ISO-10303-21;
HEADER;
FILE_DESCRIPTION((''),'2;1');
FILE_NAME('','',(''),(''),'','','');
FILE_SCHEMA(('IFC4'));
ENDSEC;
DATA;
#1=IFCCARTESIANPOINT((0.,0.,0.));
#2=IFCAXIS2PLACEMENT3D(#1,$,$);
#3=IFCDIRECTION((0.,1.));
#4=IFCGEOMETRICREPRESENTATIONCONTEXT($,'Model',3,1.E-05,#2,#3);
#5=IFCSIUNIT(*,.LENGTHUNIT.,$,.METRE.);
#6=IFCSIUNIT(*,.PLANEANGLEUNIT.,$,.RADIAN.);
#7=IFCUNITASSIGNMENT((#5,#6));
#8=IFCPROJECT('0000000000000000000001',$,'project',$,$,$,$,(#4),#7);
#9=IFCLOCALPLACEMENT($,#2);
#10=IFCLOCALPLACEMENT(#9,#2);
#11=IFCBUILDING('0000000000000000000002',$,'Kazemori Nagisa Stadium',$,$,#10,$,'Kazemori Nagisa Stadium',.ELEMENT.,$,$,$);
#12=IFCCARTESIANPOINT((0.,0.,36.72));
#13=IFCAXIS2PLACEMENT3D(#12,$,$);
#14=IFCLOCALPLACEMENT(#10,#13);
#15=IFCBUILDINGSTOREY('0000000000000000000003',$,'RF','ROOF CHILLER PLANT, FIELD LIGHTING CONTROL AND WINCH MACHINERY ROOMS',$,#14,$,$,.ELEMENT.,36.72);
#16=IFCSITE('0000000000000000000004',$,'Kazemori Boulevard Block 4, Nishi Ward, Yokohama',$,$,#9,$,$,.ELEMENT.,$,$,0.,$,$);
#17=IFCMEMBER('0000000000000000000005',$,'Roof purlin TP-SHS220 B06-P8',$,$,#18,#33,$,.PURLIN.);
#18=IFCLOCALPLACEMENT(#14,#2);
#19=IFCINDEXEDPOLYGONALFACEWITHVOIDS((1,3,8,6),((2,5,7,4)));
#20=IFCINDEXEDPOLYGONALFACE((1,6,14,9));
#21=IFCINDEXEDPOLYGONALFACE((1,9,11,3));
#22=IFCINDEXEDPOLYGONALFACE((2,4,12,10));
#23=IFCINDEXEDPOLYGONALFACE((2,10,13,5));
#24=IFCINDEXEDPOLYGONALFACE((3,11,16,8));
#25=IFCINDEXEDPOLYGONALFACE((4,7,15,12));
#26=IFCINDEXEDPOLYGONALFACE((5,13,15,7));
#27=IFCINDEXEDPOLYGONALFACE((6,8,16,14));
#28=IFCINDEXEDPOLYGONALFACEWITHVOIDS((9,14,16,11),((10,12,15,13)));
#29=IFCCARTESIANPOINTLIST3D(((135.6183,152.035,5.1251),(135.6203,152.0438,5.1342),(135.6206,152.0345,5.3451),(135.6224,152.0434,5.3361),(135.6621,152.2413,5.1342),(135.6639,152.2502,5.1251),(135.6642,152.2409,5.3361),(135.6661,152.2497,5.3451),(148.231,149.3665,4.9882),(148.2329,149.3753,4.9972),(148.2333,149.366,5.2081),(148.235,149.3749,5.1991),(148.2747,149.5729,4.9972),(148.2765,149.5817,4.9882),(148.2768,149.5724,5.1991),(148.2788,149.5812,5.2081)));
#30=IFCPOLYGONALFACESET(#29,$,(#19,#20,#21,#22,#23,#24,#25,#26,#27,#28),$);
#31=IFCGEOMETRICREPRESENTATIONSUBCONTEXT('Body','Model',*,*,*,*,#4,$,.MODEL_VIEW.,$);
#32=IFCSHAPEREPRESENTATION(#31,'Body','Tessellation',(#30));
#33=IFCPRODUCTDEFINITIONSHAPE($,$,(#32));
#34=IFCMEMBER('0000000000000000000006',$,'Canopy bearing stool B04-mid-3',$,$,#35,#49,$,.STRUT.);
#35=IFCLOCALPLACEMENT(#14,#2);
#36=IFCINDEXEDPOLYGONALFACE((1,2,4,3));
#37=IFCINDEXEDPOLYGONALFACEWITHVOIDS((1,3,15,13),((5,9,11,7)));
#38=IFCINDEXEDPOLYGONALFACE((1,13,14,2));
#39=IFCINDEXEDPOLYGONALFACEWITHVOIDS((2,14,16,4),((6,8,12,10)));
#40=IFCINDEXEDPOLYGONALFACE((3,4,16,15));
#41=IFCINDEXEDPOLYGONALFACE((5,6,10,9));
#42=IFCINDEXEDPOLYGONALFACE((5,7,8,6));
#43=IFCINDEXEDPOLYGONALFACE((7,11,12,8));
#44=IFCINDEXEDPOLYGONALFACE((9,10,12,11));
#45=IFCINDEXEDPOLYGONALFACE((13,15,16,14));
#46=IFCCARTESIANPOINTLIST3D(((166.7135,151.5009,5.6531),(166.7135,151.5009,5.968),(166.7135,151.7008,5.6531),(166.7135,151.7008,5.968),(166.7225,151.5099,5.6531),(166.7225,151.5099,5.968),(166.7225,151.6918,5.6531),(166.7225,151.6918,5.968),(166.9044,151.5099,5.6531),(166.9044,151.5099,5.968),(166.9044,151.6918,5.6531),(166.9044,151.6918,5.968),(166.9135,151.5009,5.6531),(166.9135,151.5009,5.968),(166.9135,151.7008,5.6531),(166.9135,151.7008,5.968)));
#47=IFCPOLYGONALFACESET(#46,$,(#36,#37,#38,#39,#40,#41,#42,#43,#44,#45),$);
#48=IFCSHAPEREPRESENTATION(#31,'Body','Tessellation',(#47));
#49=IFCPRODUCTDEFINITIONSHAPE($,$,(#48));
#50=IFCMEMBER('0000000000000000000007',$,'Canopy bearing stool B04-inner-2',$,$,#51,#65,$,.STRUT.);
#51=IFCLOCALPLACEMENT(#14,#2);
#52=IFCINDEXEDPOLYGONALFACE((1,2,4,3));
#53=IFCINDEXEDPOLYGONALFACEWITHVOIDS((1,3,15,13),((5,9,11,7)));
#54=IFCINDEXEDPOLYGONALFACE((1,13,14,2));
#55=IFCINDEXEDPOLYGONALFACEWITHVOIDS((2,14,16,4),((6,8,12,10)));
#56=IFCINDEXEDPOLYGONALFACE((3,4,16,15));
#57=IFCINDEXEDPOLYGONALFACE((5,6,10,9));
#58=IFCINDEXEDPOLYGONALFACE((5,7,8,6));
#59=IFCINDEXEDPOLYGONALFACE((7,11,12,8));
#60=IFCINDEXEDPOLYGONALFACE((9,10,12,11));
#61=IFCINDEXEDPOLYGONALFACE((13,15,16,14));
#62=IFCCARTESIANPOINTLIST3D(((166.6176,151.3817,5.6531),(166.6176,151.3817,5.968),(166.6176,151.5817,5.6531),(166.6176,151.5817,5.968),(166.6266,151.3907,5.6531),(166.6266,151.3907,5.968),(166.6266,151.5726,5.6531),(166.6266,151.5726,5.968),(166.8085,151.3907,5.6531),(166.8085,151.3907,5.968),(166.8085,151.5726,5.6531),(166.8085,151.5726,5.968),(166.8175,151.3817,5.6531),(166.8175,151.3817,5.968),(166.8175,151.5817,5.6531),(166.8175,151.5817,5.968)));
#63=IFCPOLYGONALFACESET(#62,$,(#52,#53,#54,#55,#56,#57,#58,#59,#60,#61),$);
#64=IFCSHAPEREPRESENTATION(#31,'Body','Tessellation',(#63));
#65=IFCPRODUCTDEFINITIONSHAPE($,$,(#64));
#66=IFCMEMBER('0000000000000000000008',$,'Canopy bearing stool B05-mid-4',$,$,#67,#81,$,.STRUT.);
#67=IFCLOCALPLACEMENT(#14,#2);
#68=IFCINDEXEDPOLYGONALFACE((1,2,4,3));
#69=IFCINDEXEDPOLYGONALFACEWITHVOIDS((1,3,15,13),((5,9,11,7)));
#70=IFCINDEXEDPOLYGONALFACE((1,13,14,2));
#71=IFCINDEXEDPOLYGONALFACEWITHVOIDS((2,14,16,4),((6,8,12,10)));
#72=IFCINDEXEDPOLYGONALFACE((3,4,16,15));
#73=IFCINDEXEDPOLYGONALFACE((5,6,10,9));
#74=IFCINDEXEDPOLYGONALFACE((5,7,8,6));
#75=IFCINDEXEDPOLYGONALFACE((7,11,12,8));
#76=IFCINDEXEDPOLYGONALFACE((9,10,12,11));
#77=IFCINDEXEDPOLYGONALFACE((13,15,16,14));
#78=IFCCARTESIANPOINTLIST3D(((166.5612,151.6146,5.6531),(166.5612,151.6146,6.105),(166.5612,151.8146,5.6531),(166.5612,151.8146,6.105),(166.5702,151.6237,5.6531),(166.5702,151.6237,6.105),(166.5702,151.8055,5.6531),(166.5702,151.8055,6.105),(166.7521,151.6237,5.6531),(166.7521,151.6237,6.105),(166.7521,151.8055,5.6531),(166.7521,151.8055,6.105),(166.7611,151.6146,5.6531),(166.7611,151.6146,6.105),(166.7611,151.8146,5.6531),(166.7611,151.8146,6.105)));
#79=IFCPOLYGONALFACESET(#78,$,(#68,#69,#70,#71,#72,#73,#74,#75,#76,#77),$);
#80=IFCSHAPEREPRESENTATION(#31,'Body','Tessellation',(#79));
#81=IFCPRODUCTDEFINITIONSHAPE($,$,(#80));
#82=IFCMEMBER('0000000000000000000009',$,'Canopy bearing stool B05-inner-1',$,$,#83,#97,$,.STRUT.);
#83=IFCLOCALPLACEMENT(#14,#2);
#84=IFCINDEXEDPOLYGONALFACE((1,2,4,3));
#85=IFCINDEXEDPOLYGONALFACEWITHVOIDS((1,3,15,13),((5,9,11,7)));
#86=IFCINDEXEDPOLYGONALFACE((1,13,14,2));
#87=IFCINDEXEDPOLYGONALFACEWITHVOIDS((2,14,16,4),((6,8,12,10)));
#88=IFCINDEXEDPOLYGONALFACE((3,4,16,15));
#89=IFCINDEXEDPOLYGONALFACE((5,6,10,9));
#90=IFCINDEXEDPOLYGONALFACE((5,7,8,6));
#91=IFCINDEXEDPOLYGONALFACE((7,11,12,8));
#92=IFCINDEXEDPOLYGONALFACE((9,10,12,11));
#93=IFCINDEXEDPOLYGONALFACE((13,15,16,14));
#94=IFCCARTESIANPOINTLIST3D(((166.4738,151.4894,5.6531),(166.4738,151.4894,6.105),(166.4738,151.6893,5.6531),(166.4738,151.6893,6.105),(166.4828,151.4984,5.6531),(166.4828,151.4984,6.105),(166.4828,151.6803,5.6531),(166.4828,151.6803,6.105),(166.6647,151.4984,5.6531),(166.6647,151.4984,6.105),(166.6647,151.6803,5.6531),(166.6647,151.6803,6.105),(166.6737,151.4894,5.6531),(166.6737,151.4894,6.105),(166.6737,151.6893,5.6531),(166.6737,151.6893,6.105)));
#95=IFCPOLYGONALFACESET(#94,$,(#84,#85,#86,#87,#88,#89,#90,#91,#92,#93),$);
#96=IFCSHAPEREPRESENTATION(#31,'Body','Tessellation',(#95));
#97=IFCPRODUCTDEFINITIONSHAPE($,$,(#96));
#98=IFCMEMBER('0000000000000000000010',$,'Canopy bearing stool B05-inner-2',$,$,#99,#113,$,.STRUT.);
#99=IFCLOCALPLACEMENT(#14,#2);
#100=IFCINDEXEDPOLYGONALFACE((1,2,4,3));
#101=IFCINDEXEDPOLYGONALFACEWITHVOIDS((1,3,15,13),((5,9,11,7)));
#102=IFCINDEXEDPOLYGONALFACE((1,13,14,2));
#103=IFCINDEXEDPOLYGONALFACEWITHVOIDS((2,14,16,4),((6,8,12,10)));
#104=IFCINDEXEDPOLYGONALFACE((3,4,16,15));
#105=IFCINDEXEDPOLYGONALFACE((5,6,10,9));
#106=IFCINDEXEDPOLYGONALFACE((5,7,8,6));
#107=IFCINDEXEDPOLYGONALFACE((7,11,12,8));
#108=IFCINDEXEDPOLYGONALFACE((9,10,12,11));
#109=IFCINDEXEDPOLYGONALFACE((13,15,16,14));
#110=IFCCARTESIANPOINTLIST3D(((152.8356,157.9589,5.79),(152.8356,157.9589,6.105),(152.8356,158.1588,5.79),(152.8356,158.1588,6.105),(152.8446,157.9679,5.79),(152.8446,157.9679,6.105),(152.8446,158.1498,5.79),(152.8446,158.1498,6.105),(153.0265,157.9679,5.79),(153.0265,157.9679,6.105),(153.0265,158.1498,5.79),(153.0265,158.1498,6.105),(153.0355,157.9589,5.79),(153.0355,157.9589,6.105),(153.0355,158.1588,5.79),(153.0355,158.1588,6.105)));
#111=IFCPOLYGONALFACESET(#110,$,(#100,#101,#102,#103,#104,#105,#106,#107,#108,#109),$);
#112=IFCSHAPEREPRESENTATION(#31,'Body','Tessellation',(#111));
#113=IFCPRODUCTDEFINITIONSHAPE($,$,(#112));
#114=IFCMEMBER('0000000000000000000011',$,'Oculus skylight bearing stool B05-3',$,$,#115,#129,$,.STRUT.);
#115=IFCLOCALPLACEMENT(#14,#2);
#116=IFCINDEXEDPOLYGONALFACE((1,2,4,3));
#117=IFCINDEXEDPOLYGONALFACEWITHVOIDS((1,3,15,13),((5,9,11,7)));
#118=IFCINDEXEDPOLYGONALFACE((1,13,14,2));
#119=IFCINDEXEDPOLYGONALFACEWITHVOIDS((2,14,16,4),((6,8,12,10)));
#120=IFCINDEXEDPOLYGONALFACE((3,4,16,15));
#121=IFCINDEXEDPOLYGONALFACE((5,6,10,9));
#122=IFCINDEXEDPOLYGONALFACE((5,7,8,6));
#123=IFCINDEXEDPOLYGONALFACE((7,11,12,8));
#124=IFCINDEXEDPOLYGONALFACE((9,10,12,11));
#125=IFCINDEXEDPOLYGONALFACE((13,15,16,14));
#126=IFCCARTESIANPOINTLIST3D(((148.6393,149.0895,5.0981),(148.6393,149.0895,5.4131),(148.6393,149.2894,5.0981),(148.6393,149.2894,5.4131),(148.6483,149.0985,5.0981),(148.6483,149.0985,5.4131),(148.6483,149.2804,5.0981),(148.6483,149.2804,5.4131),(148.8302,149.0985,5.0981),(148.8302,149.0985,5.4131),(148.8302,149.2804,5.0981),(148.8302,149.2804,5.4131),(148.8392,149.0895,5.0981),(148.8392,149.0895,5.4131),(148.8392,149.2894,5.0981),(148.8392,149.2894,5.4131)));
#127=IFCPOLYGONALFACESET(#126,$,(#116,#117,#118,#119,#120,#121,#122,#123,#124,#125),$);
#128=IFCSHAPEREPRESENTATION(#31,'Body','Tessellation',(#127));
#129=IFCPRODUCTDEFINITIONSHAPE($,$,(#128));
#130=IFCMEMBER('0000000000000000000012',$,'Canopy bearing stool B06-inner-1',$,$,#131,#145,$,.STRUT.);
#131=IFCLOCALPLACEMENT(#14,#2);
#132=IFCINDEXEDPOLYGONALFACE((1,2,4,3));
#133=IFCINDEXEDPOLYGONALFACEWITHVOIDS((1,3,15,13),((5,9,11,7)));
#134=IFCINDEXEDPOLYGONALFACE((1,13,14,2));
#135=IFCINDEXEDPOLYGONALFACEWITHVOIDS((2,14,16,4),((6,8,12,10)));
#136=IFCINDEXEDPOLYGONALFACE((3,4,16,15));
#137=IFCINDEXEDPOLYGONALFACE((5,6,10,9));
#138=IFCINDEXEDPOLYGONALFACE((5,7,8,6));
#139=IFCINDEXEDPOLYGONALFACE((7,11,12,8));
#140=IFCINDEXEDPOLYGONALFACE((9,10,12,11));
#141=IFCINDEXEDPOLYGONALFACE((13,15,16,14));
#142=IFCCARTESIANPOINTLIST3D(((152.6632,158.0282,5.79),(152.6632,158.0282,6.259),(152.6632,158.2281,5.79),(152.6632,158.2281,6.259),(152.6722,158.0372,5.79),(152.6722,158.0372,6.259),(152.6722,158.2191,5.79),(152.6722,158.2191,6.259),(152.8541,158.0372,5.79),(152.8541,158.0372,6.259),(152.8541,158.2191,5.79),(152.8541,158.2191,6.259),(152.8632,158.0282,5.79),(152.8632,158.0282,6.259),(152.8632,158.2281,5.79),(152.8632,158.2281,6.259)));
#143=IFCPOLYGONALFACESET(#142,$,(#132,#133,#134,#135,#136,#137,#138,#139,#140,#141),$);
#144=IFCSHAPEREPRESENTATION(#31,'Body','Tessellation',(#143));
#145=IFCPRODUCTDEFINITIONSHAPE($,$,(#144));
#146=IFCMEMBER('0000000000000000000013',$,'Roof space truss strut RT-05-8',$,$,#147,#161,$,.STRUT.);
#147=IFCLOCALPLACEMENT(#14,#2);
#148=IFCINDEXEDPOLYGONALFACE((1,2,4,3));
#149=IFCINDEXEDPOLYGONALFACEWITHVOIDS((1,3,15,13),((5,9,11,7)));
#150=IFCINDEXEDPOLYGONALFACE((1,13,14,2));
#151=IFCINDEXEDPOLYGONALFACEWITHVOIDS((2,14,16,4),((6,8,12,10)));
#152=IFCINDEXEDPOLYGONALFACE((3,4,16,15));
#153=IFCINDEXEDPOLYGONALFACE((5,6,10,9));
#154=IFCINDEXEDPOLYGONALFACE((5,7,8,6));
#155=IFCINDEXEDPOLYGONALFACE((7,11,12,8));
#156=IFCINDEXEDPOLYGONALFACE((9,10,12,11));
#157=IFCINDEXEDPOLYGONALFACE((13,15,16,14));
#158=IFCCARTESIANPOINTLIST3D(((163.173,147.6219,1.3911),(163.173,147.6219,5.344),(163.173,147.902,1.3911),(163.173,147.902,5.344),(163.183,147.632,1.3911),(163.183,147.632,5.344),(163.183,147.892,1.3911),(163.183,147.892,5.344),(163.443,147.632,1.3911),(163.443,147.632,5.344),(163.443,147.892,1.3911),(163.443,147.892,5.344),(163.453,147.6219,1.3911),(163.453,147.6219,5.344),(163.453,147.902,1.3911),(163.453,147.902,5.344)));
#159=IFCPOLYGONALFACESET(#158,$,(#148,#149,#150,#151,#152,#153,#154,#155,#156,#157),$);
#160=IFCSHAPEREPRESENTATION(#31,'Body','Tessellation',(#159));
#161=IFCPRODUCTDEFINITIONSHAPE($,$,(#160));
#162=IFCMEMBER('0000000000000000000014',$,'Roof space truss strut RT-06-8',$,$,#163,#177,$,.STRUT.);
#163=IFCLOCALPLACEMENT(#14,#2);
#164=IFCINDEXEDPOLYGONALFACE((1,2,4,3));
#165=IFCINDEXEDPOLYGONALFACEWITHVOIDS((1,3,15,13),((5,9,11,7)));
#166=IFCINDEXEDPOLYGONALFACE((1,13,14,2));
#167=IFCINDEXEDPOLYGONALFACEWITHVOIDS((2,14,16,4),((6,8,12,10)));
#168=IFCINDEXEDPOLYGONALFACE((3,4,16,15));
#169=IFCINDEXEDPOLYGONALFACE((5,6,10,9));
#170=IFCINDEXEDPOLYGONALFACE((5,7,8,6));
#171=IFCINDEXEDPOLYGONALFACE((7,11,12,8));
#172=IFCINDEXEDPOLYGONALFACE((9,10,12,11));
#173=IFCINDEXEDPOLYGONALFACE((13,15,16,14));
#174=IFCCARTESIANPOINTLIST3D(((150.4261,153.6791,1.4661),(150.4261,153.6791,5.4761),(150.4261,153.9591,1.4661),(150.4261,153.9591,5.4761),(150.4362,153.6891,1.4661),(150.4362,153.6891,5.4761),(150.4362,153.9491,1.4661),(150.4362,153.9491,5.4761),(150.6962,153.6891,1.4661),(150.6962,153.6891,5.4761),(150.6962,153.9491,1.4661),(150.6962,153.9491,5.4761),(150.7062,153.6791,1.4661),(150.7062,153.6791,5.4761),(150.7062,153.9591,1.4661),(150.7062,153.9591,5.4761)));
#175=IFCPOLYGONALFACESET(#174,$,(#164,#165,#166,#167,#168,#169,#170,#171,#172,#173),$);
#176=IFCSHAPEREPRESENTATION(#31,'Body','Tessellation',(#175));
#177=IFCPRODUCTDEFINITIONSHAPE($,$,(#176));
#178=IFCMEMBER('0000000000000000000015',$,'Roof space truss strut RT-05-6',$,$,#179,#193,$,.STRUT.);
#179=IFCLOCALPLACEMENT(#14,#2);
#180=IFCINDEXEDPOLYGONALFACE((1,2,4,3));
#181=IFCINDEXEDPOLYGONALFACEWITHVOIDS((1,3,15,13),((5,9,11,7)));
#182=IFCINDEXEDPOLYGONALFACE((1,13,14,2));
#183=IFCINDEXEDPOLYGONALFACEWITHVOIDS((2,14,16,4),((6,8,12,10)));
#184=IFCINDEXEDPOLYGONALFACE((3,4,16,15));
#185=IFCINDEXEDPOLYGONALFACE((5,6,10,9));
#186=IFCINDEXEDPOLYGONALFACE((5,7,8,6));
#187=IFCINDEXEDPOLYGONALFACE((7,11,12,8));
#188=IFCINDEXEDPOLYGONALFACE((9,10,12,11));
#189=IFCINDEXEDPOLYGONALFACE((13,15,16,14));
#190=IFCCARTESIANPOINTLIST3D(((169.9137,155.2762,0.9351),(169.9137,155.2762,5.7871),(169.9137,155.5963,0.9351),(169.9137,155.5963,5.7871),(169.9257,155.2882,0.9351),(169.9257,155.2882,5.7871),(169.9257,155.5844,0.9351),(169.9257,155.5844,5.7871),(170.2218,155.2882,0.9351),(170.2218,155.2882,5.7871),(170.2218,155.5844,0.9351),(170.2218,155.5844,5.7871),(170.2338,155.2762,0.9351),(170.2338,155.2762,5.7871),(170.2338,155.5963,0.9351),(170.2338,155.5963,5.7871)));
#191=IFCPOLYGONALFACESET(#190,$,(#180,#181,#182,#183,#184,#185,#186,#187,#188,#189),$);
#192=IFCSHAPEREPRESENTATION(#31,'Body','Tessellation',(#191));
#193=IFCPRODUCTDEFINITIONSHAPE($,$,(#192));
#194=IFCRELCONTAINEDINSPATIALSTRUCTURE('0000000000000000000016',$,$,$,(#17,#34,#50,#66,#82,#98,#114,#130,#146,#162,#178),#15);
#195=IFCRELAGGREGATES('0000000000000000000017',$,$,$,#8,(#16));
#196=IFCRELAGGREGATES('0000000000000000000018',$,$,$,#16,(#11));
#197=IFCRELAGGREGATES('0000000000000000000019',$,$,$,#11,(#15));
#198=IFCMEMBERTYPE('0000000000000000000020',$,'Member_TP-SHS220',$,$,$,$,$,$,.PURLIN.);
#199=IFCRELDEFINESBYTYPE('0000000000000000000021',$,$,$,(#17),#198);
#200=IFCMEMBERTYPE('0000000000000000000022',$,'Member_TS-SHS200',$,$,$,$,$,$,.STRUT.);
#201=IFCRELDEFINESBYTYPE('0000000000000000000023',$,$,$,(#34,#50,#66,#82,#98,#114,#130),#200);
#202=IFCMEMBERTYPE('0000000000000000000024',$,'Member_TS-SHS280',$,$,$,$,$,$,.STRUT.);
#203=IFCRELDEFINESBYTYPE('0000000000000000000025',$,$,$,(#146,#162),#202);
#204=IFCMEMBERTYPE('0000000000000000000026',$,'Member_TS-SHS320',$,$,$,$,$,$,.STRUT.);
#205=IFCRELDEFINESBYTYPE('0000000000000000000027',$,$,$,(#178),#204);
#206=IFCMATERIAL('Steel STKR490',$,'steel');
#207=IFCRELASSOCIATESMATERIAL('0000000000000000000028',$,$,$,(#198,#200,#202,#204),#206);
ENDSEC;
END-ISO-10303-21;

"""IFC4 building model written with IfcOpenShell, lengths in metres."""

from ifc_helpers import new_model, si_unit, direction, frame, origin, origin_2d, place, context, subcontext, project, spatial, hollow_rectangle, extrude, material, material_profile, profile_set, type_object, element, save


model = new_model("IFC4")

# Units and contexts
model_context = context("Model", 3, precision=1e-05, world=origin(), true_north=direction((0.0, 1.0)))
body_context = subcontext(model_context, "Body", "Model", "MODEL_VIEW")
ifc_project = project(units=[si_unit("LENGTHUNIT", "METRE"), si_unit("PLANEANGLEUNIT", "RADIAN")], contexts=[model_context])

# Site, building, storey
site_placement = place(None, origin())
site = spatial("IfcSite", under=ifc_project, at=site_placement, Name="Kazemori Boulevard Block 4, Nishi Ward, Yokohama", CompositionType="ELEMENT", RefElevation=0.0)
building_placement = place(site_placement, origin())
building = spatial("IfcBuilding", under=site, at=building_placement, Name="Kazemori Nagisa Stadium", LongName="Kazemori Nagisa Stadium", CompositionType="ELEMENT")
storey_placement = place(building_placement, frame((0.0, 0.0, 36.72)))
storey = spatial("IfcBuildingStorey", under=building, at=storey_placement, Name="RF", Description="ROOF CHILLER PLANT, FIELD LIGHTING CONTROL AND WINCH MACHINERY ROOMS", CompositionType="ELEMENT", Elevation=36.72)

# Members
ifc_material_1 = material(Name="Steel STKR490", Category="steel")
ifc_material_profile_1 = material_profile(ifc_material_1, hollow_rectangle(XDim=0.22, YDim=0.22, WallThickness=0.009, at=origin_2d()), Name="SHS-220x220x9")
ifc_profile_set_1 = profile_set([ifc_material_profile_1], Name="Steel STKR490")
member_type_1 = type_object("IfcMemberType", Name="Member_TP-SHS220", PredefinedType="PURLIN", material=ifc_profile_set_1)
member_1_placement = place(storey_placement, frame((148.2549, 149.4739, 5.0981), z_axis=(-0.978288, 0.206978, 0.010623), x_axis=(-0.20699, -0.978343, 0.0)))
element("IfcMember", 1, at=member_1_placement, inside=storey, type_object=member_type_1, Name="Roof purlin TP-SHS220 B06-P8", PredefinedType="PURLIN", context=body_context, shape_type="SweptSolid", body=[
    extrude(hollow_rectangle(XDim=0.22, YDim=0.22, WallThickness=0.009, at=origin_2d()), origin(), (0.0, 0.0, 1.0), 12.8926),
])
ifc_material_profile_2 = material_profile(ifc_material_1, hollow_rectangle(XDim=0.2, YDim=0.2, WallThickness=0.009, at=origin_2d()), Name="SHS-200x200x9")
ifc_profile_set_2 = profile_set([ifc_material_profile_2], Name="Steel STKR490")
member_type_2 = type_object("IfcMemberType", Name="Member_TS-SHS200", PredefinedType="STRUT", material=ifc_profile_set_2)
for number, where, z_axis, x_axis, name in (
    (2, (166.8135, 151.6008, 5.6531), (0.0, 0.0, 1.0), (1.0, 0.0, 0.0), "Canopy bearing stool B04-mid-3"),
    (3, (166.7175, 151.4817, 5.6531), (0.0, 0.0, 1.0), (1.0, 0.0, 0.0), "Canopy bearing stool B04-inner-2"),
):
    element("IfcMember", number, at=place(storey_placement, frame(where, z_axis=z_axis, x_axis=x_axis)), inside=storey, type_object=member_type_2, Name=name, PredefinedType="STRUT", context=body_context, shape_type="SweptSolid", body=[
        extrude(hollow_rectangle(XDim=0.2, YDim=0.2, WallThickness=0.009, at=origin_2d()), origin(), (0.0, 0.0, 1.0), 0.3149),
    ])
for number, where, z_axis, x_axis, name in (
    (4, (166.6611, 151.7146, 5.6531), (0.0, 0.0, 1.0), (1.0, 0.0, 0.0), "Canopy bearing stool B05-mid-4"),
    (5, (166.5737, 151.5894, 5.6531), (0.0, 0.0, 1.0), (1.0, 0.0, 0.0), "Canopy bearing stool B05-inner-1"),
):
    element("IfcMember", number, at=place(storey_placement, frame(where, z_axis=z_axis, x_axis=x_axis)), inside=storey, type_object=member_type_2, Name=name, PredefinedType="STRUT", context=body_context, shape_type="SweptSolid", body=[
        extrude(hollow_rectangle(XDim=0.2, YDim=0.2, WallThickness=0.009, at=origin_2d()), origin(), (0.0, 0.0, 1.0), 0.4519),
    ])
for number, where, z_axis, x_axis, name in (
    (6, (152.9355, 158.0588, 5.79), (0.0, 0.0, 1.0), (1.0, 0.0, 0.0), "Canopy bearing stool B05-inner-2"),
    (7, (148.7393, 149.1895, 5.0981), (0.0, 0.0, 1.0), (1.0, 0.0, 0.0), "Oculus skylight bearing stool B05-3"),
):
    element("IfcMember", number, at=place(storey_placement, frame(where, z_axis=z_axis, x_axis=x_axis)), inside=storey, type_object=member_type_2, Name=name, PredefinedType="STRUT", context=body_context, shape_type="SweptSolid", body=[
        extrude(hollow_rectangle(XDim=0.2, YDim=0.2, WallThickness=0.009, at=origin_2d()), origin(), (0.0, 0.0, 1.0), 0.3149),
    ])
member_2_placement = place(storey_placement, frame((152.7632, 158.1282, 5.79), z_axis=(0.0, 0.0, 1.0), x_axis=(1.0, 0.0, 0.0)))
element("IfcMember", 8, at=member_2_placement, inside=storey, type_object=member_type_2, Name="Canopy bearing stool B06-inner-1", PredefinedType="STRUT", context=body_context, shape_type="SweptSolid", body=[
    extrude(hollow_rectangle(XDim=0.2, YDim=0.2, WallThickness=0.009, at=origin_2d()), origin(), (0.0, 0.0, 1.0), 0.469),
])
ifc_material_profile_3 = material_profile(ifc_material_1, hollow_rectangle(XDim=0.28, YDim=0.28, WallThickness=0.01, at=origin_2d()), Name="SHS-280x280x10")
ifc_profile_set_3 = profile_set([ifc_material_profile_3], Name="Steel STKR490")
member_type_3 = type_object("IfcMemberType", Name="Member_TS-SHS280", PredefinedType="STRUT", material=ifc_profile_set_3)
member_3_placement = place(storey_placement, frame((163.313, 147.762, 1.3911), z_axis=(0.0, 0.0, 1.0), x_axis=(1.0, 0.0, 0.0)))
element("IfcMember", 9, at=member_3_placement, inside=storey, type_object=member_type_3, Name="Roof space truss strut RT-05-8", PredefinedType="STRUT", context=body_context, shape_type="SweptSolid", body=[
    extrude(hollow_rectangle(XDim=0.28, YDim=0.28, WallThickness=0.01, at=origin_2d()), origin(), (0.0, 0.0, 1.0), 3.9529),
])
member_4_placement = place(storey_placement, frame((150.5662, 153.8191, 1.4661), z_axis=(0.0, 0.0, 1.0), x_axis=(1.0, 0.0, 0.0)))
element("IfcMember", 10, at=member_4_placement, inside=storey, type_object=member_type_3, Name="Roof space truss strut RT-06-8", PredefinedType="STRUT", context=body_context, shape_type="SweptSolid", body=[
    extrude(hollow_rectangle(XDim=0.28, YDim=0.28, WallThickness=0.01, at=origin_2d()), origin(), (0.0, 0.0, 1.0), 4.01),
])
ifc_material_profile_4 = material_profile(ifc_material_1, hollow_rectangle(XDim=0.3201, YDim=0.3201, WallThickness=0.012, at=origin_2d()), Name="SHS-320x320x12")
ifc_profile_set_4 = profile_set([ifc_material_profile_4], Name="Steel STKR490")
member_type_4 = type_object("IfcMemberType", Name="Member_TS-SHS320", PredefinedType="STRUT", material=ifc_profile_set_4)
member_5_placement = place(storey_placement, frame((170.0737, 155.4363, 0.9351), z_axis=(0.0, 0.0, 1.0), x_axis=(1.0, 0.0, 0.0)))
element("IfcMember", 11, at=member_5_placement, inside=storey, type_object=member_type_4, Name="Roof space truss strut RT-05-6", PredefinedType="STRUT", context=body_context, shape_type="SweptSolid", body=[
    extrude(hollow_rectangle(XDim=0.3201, YDim=0.3201, WallThickness=0.012, at=origin_2d()), origin(), (0.0, 0.0, 1.0), 4.8521),
])

save(model, "model.ifc")
